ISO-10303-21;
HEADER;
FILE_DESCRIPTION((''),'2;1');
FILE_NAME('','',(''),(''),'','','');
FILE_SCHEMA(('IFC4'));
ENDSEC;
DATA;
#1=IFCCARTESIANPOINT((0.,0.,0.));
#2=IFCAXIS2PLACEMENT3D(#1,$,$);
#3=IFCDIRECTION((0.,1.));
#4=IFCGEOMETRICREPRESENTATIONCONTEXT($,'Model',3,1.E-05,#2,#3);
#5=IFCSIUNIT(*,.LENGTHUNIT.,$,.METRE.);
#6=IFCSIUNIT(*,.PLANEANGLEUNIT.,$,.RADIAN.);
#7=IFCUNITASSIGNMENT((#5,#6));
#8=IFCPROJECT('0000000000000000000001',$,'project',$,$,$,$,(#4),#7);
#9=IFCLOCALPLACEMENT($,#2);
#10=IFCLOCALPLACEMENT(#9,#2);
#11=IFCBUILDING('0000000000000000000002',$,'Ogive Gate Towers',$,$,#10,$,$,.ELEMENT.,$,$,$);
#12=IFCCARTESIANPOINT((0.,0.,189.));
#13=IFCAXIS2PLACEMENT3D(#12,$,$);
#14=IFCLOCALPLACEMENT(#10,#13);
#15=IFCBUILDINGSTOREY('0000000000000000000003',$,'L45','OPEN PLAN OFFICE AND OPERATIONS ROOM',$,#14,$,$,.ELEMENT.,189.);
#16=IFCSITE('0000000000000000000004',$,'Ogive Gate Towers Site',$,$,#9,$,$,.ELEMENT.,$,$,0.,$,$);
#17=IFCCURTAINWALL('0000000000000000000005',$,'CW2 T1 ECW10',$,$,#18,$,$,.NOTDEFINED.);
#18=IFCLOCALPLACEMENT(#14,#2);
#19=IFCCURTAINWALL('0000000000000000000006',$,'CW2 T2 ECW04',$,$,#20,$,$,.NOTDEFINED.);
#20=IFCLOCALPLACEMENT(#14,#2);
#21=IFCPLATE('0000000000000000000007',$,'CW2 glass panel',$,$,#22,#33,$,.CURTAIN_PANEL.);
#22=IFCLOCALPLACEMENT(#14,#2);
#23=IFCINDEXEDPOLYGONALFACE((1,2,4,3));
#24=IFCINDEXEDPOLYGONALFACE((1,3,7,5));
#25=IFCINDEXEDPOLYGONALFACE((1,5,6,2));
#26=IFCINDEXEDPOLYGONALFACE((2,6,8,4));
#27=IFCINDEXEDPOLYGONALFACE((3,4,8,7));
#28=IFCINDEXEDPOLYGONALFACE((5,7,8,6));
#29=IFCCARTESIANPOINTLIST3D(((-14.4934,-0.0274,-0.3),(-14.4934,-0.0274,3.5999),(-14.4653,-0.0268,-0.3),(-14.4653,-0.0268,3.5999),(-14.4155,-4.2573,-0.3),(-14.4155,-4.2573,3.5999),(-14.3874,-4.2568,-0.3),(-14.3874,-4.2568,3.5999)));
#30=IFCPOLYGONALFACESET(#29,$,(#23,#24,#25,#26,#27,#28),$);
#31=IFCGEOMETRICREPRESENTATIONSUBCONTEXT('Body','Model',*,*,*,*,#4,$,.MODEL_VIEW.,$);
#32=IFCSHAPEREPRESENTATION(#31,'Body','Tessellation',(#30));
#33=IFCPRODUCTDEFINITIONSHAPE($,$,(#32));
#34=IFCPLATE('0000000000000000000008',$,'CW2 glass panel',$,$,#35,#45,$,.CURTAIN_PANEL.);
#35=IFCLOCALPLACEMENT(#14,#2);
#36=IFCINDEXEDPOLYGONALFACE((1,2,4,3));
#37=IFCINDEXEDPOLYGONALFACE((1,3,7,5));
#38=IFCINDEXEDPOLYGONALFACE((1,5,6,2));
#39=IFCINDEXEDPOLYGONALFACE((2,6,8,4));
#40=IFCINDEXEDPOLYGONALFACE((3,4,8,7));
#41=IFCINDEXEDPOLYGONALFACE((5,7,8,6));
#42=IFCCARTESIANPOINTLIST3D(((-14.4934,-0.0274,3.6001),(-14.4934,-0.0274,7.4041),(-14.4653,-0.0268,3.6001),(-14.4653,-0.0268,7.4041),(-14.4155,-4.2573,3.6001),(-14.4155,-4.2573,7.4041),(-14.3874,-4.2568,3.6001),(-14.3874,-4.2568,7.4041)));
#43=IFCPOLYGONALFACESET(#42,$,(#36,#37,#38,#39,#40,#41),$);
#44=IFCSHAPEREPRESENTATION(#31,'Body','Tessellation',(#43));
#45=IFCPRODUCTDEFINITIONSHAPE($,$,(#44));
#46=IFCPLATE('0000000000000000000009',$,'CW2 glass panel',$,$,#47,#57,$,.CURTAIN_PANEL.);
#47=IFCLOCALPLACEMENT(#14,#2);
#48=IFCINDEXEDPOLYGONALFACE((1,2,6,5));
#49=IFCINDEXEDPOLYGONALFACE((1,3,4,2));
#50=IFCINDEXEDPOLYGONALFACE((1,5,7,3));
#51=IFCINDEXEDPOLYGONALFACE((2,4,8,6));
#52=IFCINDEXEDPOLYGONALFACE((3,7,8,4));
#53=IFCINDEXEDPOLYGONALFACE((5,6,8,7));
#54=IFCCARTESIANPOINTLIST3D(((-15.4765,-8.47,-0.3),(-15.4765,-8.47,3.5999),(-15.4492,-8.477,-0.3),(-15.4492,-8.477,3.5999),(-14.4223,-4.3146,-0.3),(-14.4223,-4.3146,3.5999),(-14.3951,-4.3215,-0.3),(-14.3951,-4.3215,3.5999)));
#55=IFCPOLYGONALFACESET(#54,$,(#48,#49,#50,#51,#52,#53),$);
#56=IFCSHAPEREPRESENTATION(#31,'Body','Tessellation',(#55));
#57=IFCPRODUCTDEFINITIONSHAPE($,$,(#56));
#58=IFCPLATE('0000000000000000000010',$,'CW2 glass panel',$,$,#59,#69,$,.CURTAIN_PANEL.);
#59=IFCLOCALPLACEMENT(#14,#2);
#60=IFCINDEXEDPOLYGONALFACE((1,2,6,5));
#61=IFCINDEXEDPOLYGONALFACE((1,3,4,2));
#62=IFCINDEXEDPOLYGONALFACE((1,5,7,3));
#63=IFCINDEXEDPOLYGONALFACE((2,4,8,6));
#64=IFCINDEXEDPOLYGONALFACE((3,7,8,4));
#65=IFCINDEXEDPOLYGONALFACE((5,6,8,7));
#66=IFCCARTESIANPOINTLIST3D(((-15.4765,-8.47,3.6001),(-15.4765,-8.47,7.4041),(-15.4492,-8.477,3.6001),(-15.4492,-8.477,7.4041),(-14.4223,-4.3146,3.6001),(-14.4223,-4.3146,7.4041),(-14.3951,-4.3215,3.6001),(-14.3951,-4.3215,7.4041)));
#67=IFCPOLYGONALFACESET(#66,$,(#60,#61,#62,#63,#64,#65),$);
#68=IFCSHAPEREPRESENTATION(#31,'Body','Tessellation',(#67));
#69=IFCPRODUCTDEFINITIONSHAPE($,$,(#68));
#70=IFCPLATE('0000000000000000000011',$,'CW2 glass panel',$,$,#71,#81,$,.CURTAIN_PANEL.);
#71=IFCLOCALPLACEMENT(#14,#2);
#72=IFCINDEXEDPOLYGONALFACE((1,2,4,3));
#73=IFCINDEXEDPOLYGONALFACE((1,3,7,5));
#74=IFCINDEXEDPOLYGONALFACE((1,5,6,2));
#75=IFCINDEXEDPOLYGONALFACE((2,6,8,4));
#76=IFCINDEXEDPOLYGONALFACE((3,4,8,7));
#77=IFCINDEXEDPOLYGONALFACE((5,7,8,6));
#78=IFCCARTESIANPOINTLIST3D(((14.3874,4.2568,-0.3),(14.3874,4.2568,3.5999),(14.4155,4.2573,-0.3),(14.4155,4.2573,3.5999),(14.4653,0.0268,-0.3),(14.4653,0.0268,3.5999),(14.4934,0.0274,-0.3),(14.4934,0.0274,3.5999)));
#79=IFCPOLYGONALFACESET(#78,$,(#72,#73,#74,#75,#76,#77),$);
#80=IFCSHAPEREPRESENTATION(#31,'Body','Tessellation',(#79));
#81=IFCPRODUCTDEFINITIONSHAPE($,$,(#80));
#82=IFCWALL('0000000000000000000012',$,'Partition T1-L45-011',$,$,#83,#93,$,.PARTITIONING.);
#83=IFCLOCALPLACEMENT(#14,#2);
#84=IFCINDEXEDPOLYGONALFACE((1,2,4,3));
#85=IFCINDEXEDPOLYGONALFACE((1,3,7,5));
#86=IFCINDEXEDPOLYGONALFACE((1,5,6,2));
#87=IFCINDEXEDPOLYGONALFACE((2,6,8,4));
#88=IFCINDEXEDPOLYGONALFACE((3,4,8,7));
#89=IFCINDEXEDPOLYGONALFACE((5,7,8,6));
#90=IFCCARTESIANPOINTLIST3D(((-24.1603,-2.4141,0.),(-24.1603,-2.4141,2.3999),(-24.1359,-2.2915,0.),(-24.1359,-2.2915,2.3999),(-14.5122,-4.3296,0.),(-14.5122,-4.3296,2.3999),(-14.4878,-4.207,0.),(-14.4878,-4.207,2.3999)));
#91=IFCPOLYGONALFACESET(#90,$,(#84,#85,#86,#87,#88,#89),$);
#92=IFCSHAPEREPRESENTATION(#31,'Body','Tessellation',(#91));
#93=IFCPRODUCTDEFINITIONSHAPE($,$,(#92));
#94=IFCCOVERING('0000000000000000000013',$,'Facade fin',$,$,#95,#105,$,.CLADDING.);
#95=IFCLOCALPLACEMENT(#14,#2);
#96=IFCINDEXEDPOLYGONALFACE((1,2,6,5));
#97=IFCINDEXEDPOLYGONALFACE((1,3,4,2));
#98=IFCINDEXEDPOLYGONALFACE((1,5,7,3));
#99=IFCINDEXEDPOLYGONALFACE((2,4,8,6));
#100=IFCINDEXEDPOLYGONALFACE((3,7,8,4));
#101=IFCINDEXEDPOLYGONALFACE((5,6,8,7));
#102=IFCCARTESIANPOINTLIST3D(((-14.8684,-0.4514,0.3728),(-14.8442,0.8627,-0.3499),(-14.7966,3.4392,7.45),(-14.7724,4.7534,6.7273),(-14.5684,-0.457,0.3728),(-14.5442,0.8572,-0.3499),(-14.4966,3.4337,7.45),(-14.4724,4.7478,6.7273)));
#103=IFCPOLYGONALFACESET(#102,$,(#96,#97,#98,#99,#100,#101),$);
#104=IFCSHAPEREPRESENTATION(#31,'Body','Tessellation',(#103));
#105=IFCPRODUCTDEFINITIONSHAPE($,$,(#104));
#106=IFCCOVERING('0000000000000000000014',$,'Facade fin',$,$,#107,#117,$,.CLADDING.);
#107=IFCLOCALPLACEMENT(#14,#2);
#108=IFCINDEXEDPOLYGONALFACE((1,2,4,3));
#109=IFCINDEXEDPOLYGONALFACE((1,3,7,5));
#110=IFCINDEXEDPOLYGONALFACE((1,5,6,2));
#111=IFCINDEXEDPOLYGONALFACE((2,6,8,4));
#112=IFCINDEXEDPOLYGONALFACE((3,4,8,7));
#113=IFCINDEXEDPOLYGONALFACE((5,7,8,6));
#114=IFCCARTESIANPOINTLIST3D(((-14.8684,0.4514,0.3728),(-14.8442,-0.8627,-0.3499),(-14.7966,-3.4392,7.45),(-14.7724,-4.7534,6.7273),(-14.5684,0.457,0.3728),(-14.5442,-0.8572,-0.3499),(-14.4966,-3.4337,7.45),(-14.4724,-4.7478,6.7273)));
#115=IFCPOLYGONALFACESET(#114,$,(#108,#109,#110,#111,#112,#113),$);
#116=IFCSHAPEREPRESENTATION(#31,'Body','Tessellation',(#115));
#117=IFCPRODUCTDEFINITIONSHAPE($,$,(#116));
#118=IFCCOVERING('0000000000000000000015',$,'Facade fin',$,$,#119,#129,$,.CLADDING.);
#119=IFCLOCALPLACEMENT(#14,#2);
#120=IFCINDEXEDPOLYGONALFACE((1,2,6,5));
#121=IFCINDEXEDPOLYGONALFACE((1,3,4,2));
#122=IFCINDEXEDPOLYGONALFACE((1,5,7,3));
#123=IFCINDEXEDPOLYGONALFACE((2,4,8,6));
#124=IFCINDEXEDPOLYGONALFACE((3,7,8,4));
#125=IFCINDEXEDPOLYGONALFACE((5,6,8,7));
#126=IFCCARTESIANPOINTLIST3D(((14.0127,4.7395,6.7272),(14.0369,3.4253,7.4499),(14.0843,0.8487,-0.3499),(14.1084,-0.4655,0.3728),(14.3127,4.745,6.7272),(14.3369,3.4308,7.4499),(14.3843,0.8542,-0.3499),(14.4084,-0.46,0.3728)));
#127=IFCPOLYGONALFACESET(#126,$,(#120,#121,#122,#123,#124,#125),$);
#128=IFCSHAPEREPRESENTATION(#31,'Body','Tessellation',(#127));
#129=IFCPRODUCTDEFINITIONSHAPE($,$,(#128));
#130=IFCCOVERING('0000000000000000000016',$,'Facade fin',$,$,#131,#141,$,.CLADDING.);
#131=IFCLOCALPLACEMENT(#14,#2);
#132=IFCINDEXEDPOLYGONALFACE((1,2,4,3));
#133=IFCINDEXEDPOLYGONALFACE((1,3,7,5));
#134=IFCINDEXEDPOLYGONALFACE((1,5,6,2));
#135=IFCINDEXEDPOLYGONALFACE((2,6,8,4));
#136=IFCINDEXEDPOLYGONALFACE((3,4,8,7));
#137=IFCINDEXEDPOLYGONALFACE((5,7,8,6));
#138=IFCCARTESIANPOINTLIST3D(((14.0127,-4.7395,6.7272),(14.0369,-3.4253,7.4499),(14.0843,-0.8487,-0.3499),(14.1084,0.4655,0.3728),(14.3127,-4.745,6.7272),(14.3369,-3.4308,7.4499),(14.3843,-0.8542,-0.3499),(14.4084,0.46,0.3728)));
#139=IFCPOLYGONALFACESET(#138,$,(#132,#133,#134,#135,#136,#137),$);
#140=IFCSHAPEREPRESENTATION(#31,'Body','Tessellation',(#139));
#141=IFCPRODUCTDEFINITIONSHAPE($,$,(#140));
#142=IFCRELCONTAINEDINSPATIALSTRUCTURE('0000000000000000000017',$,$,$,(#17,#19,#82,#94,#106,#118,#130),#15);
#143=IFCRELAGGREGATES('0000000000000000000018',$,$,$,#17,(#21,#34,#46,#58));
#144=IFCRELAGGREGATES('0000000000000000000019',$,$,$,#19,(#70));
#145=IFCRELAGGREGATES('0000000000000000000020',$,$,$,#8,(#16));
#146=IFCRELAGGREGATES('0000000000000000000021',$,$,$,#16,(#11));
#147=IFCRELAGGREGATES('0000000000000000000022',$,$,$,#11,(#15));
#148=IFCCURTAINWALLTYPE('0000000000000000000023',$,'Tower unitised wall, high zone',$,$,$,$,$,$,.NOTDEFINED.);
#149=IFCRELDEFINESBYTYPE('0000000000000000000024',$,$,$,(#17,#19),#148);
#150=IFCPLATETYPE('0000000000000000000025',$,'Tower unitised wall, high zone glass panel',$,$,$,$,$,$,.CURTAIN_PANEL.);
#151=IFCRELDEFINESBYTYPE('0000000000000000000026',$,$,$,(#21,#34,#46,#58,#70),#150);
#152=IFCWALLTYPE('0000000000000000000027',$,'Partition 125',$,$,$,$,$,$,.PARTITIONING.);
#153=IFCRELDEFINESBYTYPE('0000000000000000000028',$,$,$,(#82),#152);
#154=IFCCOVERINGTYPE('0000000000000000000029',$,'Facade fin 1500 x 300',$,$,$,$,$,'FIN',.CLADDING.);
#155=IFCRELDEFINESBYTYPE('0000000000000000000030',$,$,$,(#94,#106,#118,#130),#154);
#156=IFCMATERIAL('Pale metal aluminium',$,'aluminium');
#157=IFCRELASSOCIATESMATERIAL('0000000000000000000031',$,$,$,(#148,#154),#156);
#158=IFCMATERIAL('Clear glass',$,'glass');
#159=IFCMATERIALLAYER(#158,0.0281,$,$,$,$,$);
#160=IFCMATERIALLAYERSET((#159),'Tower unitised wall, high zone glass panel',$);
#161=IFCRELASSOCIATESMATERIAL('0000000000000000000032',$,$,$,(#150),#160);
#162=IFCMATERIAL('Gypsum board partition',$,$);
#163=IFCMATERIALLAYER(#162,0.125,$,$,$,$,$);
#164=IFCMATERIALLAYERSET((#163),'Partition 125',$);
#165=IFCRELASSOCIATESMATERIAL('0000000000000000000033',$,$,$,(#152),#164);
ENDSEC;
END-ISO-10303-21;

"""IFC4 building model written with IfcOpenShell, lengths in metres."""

from ifc_helpers import new_model, si_unit, direction, frame, frame_2d, origin, origin_2d, place, context, subcontext, project, spatial, rectangle, extrude, material, layer, layer_set, material_profile, profile_set, type_object, element, aggregate, save


model = new_model("IFC4")

# Units and contexts
model_context = context("Model", 3, precision=1e-05, world=origin(), true_north=direction((0.0, 1.0)))
body_context = subcontext(model_context, "Body", "Model", "MODEL_VIEW")
ifc_project = project(units=[si_unit("LENGTHUNIT", "METRE"), si_unit("PLANEANGLEUNIT", "RADIAN")], contexts=[model_context])

# Site, building, storey
site_placement = place(None, origin())
site = spatial("IfcSite", under=ifc_project, at=site_placement, Name="Ogive Gate Towers Site", CompositionType="ELEMENT", RefElevation=0.0)
building_placement = place(site_placement, origin())
building = spatial("IfcBuilding", under=site, at=building_placement, Name="Ogive Gate Towers", CompositionType="ELEMENT")
storey_placement = place(building_placement, frame((0.0, 0.0, 189.0)))
storey = spatial("IfcBuildingStorey", under=building, at=storey_placement, Name="L45", Description="OPEN PLAN OFFICE AND OPERATIONS ROOM", CompositionType="ELEMENT", Elevation=189.0)

# Shared definitions
ifc_material_1 = material(Name="Pale metal aluminium", Category="aluminium")
curtain_wall_type = type_object("IfcCurtainWallType", Name="Tower unitised wall, high zone", PredefinedType="NOTDEFINED", material=ifc_material_1)

# Curtain walls
curtain_wall_1_placement = place(storey_placement, origin())
curtain_wall_1 = element("IfcCurtainWall", 1, at=curtain_wall_1_placement, inside=storey, type_object=curtain_wall_type, Name="CW2 T1 ECW10", PredefinedType="NOTDEFINED")
curtain_wall_2_placement = place(storey_placement, origin())
curtain_wall_2 = element("IfcCurtainWall", 2, at=curtain_wall_2_placement, inside=storey, type_object=curtain_wall_type, Name="CW2 T2 ECW04", PredefinedType="NOTDEFINED")

# Plates
ifc_material_2 = material(Name="Clear glass", Category="glass")
ifc_layer_1 = layer(ifc_material_2, 0.0281)
ifc_layer_set_1 = layer_set([ifc_layer_1], Name="Tower unitised wall, high zone glass panel")
plate_type = type_object("IfcPlateType", Name="Tower unitised wall, high zone glass panel", PredefinedType="CURTAIN_PANEL", material=ifc_layer_set_1)
plate_1_placement = place(storey_placement, frame((-14.4404, -2.1421, -0.3), z_axis=(0.0, 0.0, 1.0), x_axis=(0.018412, -0.99983, 0.0)))
plate_1 = element("IfcPlate", 3, at=plate_1_placement, type_object=plate_type, Name="CW2 glass panel", PredefinedType="CURTAIN_PANEL", context=body_context, shape_type="SweptSolid", body=[
    extrude(rectangle(XDim=4.2307, YDim=0.0281, at=origin_2d()), origin(), (0.0, 0.0, 1.0), 3.8999),
])
plate_2_placement = place(storey_placement, frame((-14.4404, -2.1421, 3.6001), z_axis=(0.0, 0.0, 1.0), x_axis=(0.018412, -0.99983, 0.0)))
plate_2 = element("IfcPlate", 4, at=plate_2_placement, type_object=plate_type, Name="CW2 glass panel", PredefinedType="CURTAIN_PANEL", context=body_context, shape_type="SweptSolid", body=[
    extrude(rectangle(XDim=4.2307, YDim=0.0281, at=origin_2d()), origin(), (0.0, 0.0, 1.0), 3.804),
])
plate_3_placement = place(storey_placement, frame((-14.9358, -6.3958, -0.3), z_axis=(0.0, 0.0, 1.0), x_axis=(-0.245883, -0.9693, 0.0)))
plate_3 = element("IfcPlate", 5, at=plate_3_placement, type_object=plate_type, Name="CW2 glass panel", PredefinedType="CURTAIN_PANEL", context=body_context, shape_type="SweptSolid", body=[
    extrude(rectangle(XDim=4.2871, YDim=0.0281, at=origin_2d()), origin(), (0.0, 0.0, 1.0), 3.8999),
])
plate_4_placement = place(storey_placement, frame((-14.9358, -6.3958, 3.6001), z_axis=(0.0, 0.0, 1.0), x_axis=(-0.245883, -0.9693, 0.0)))
plate_4 = element("IfcPlate", 6, at=plate_4_placement, type_object=plate_type, Name="CW2 glass panel", PredefinedType="CURTAIN_PANEL", context=body_context, shape_type="SweptSolid", body=[
    extrude(rectangle(XDim=4.2871, YDim=0.0281, at=origin_2d()), origin(), (0.0, 0.0, 1.0), 3.804),
])
aggregate(curtain_wall_1, [plate_1, plate_2, plate_3, plate_4])
plate_5_placement = place(storey_placement, frame((14.4404, 2.1421, -0.3), z_axis=(0.0, 0.0, 1.0), x_axis=(0.018412, -0.99983, 0.0)))
plate_5 = element("IfcPlate", 7, at=plate_5_placement, type_object=plate_type, Name="CW2 glass panel", PredefinedType="CURTAIN_PANEL", context=body_context, shape_type="SweptSolid", body=[
    extrude(rectangle(XDim=4.2307, YDim=0.0281, at=origin_2d()), origin(), (0.0, 0.0, 1.0), 3.8999),
])
aggregate(curtain_wall_2, [plate_5])

# Wall
ifc_material_3 = material(Name="Gypsum board partition")
ifc_layer_2 = layer(ifc_material_3, 0.125)
ifc_layer_set_2 = layer_set([ifc_layer_2], Name="Partition 125")
wall_type = type_object("IfcWallType", Name="Partition 125", PredefinedType="PARTITIONING", material=ifc_layer_set_2)
wall_placement = place(storey_placement, frame((-14.5, -4.2683, 0.0), z_axis=(0.0, 0.0, 1.0), x_axis=(-0.980856, 0.194737, 0.0)))
element("IfcWall", 8, at=wall_placement, inside=storey, type_object=wall_type, Name="Partition T1-L45-011", PredefinedType="PARTITIONING", context=body_context, shape_type="SweptSolid", body=[
    extrude(rectangle(XDim=9.8364, YDim=0.125, at=frame_2d((4.9182, 0.0))), origin(), (0.0, 0.0, 1.0), 2.3999),
])

# Coverings
ifc_material_profile_1 = material_profile(ifc_material_1, rectangle(XDim=0.3, YDim=1.5, at=origin_2d()), Name="1500 x 300 pale metal aluminium")
ifc_profile_set_1 = profile_set([ifc_material_profile_1], Name="Pale metal aluminium")
covering_type = type_object("IfcCoveringType", Name="Facade fin 1500 x 300", ElementType="FIN", PredefinedType="CLADDING", material=ifc_profile_set_1)
for number, where, z_axis, x_axis, name in (
    (9, (-14.7063, 0.2029, 0.0115), (0.008887, 0.481728, 0.876276), (-0.99983, 0.018446, 0.0), "Facade fin"),
    (10, (-14.7063, -0.2029, 0.0115), (0.008887, -0.481728, 0.876276), (0.99983, 0.018446, 0.0), "Facade fin"),
    (11, (14.2463, 0.1943, 0.0115), (-0.008857, 0.481751, 0.876263), (-0.999831, -0.018382, 0.0), "Facade fin"),
    (12, (14.2463, -0.1943, 0.0115), (-0.008857, -0.481751, 0.876263), (0.999831, -0.018382, 0.0), "Facade fin"),
):
    element("IfcCovering", number, at=place(storey_placement, frame(where, z_axis=z_axis, x_axis=x_axis)), inside=storey, type_object=covering_type, Name=name, PredefinedType="CLADDING", context=body_context, shape_type="SweptSolid", body=[
        extrude(rectangle(XDim=0.3, YDim=1.5, at=origin_2d()), origin(), (0.0, 0.0, 1.0), 8.0764),
    ])

save(model, "model.ifc")
